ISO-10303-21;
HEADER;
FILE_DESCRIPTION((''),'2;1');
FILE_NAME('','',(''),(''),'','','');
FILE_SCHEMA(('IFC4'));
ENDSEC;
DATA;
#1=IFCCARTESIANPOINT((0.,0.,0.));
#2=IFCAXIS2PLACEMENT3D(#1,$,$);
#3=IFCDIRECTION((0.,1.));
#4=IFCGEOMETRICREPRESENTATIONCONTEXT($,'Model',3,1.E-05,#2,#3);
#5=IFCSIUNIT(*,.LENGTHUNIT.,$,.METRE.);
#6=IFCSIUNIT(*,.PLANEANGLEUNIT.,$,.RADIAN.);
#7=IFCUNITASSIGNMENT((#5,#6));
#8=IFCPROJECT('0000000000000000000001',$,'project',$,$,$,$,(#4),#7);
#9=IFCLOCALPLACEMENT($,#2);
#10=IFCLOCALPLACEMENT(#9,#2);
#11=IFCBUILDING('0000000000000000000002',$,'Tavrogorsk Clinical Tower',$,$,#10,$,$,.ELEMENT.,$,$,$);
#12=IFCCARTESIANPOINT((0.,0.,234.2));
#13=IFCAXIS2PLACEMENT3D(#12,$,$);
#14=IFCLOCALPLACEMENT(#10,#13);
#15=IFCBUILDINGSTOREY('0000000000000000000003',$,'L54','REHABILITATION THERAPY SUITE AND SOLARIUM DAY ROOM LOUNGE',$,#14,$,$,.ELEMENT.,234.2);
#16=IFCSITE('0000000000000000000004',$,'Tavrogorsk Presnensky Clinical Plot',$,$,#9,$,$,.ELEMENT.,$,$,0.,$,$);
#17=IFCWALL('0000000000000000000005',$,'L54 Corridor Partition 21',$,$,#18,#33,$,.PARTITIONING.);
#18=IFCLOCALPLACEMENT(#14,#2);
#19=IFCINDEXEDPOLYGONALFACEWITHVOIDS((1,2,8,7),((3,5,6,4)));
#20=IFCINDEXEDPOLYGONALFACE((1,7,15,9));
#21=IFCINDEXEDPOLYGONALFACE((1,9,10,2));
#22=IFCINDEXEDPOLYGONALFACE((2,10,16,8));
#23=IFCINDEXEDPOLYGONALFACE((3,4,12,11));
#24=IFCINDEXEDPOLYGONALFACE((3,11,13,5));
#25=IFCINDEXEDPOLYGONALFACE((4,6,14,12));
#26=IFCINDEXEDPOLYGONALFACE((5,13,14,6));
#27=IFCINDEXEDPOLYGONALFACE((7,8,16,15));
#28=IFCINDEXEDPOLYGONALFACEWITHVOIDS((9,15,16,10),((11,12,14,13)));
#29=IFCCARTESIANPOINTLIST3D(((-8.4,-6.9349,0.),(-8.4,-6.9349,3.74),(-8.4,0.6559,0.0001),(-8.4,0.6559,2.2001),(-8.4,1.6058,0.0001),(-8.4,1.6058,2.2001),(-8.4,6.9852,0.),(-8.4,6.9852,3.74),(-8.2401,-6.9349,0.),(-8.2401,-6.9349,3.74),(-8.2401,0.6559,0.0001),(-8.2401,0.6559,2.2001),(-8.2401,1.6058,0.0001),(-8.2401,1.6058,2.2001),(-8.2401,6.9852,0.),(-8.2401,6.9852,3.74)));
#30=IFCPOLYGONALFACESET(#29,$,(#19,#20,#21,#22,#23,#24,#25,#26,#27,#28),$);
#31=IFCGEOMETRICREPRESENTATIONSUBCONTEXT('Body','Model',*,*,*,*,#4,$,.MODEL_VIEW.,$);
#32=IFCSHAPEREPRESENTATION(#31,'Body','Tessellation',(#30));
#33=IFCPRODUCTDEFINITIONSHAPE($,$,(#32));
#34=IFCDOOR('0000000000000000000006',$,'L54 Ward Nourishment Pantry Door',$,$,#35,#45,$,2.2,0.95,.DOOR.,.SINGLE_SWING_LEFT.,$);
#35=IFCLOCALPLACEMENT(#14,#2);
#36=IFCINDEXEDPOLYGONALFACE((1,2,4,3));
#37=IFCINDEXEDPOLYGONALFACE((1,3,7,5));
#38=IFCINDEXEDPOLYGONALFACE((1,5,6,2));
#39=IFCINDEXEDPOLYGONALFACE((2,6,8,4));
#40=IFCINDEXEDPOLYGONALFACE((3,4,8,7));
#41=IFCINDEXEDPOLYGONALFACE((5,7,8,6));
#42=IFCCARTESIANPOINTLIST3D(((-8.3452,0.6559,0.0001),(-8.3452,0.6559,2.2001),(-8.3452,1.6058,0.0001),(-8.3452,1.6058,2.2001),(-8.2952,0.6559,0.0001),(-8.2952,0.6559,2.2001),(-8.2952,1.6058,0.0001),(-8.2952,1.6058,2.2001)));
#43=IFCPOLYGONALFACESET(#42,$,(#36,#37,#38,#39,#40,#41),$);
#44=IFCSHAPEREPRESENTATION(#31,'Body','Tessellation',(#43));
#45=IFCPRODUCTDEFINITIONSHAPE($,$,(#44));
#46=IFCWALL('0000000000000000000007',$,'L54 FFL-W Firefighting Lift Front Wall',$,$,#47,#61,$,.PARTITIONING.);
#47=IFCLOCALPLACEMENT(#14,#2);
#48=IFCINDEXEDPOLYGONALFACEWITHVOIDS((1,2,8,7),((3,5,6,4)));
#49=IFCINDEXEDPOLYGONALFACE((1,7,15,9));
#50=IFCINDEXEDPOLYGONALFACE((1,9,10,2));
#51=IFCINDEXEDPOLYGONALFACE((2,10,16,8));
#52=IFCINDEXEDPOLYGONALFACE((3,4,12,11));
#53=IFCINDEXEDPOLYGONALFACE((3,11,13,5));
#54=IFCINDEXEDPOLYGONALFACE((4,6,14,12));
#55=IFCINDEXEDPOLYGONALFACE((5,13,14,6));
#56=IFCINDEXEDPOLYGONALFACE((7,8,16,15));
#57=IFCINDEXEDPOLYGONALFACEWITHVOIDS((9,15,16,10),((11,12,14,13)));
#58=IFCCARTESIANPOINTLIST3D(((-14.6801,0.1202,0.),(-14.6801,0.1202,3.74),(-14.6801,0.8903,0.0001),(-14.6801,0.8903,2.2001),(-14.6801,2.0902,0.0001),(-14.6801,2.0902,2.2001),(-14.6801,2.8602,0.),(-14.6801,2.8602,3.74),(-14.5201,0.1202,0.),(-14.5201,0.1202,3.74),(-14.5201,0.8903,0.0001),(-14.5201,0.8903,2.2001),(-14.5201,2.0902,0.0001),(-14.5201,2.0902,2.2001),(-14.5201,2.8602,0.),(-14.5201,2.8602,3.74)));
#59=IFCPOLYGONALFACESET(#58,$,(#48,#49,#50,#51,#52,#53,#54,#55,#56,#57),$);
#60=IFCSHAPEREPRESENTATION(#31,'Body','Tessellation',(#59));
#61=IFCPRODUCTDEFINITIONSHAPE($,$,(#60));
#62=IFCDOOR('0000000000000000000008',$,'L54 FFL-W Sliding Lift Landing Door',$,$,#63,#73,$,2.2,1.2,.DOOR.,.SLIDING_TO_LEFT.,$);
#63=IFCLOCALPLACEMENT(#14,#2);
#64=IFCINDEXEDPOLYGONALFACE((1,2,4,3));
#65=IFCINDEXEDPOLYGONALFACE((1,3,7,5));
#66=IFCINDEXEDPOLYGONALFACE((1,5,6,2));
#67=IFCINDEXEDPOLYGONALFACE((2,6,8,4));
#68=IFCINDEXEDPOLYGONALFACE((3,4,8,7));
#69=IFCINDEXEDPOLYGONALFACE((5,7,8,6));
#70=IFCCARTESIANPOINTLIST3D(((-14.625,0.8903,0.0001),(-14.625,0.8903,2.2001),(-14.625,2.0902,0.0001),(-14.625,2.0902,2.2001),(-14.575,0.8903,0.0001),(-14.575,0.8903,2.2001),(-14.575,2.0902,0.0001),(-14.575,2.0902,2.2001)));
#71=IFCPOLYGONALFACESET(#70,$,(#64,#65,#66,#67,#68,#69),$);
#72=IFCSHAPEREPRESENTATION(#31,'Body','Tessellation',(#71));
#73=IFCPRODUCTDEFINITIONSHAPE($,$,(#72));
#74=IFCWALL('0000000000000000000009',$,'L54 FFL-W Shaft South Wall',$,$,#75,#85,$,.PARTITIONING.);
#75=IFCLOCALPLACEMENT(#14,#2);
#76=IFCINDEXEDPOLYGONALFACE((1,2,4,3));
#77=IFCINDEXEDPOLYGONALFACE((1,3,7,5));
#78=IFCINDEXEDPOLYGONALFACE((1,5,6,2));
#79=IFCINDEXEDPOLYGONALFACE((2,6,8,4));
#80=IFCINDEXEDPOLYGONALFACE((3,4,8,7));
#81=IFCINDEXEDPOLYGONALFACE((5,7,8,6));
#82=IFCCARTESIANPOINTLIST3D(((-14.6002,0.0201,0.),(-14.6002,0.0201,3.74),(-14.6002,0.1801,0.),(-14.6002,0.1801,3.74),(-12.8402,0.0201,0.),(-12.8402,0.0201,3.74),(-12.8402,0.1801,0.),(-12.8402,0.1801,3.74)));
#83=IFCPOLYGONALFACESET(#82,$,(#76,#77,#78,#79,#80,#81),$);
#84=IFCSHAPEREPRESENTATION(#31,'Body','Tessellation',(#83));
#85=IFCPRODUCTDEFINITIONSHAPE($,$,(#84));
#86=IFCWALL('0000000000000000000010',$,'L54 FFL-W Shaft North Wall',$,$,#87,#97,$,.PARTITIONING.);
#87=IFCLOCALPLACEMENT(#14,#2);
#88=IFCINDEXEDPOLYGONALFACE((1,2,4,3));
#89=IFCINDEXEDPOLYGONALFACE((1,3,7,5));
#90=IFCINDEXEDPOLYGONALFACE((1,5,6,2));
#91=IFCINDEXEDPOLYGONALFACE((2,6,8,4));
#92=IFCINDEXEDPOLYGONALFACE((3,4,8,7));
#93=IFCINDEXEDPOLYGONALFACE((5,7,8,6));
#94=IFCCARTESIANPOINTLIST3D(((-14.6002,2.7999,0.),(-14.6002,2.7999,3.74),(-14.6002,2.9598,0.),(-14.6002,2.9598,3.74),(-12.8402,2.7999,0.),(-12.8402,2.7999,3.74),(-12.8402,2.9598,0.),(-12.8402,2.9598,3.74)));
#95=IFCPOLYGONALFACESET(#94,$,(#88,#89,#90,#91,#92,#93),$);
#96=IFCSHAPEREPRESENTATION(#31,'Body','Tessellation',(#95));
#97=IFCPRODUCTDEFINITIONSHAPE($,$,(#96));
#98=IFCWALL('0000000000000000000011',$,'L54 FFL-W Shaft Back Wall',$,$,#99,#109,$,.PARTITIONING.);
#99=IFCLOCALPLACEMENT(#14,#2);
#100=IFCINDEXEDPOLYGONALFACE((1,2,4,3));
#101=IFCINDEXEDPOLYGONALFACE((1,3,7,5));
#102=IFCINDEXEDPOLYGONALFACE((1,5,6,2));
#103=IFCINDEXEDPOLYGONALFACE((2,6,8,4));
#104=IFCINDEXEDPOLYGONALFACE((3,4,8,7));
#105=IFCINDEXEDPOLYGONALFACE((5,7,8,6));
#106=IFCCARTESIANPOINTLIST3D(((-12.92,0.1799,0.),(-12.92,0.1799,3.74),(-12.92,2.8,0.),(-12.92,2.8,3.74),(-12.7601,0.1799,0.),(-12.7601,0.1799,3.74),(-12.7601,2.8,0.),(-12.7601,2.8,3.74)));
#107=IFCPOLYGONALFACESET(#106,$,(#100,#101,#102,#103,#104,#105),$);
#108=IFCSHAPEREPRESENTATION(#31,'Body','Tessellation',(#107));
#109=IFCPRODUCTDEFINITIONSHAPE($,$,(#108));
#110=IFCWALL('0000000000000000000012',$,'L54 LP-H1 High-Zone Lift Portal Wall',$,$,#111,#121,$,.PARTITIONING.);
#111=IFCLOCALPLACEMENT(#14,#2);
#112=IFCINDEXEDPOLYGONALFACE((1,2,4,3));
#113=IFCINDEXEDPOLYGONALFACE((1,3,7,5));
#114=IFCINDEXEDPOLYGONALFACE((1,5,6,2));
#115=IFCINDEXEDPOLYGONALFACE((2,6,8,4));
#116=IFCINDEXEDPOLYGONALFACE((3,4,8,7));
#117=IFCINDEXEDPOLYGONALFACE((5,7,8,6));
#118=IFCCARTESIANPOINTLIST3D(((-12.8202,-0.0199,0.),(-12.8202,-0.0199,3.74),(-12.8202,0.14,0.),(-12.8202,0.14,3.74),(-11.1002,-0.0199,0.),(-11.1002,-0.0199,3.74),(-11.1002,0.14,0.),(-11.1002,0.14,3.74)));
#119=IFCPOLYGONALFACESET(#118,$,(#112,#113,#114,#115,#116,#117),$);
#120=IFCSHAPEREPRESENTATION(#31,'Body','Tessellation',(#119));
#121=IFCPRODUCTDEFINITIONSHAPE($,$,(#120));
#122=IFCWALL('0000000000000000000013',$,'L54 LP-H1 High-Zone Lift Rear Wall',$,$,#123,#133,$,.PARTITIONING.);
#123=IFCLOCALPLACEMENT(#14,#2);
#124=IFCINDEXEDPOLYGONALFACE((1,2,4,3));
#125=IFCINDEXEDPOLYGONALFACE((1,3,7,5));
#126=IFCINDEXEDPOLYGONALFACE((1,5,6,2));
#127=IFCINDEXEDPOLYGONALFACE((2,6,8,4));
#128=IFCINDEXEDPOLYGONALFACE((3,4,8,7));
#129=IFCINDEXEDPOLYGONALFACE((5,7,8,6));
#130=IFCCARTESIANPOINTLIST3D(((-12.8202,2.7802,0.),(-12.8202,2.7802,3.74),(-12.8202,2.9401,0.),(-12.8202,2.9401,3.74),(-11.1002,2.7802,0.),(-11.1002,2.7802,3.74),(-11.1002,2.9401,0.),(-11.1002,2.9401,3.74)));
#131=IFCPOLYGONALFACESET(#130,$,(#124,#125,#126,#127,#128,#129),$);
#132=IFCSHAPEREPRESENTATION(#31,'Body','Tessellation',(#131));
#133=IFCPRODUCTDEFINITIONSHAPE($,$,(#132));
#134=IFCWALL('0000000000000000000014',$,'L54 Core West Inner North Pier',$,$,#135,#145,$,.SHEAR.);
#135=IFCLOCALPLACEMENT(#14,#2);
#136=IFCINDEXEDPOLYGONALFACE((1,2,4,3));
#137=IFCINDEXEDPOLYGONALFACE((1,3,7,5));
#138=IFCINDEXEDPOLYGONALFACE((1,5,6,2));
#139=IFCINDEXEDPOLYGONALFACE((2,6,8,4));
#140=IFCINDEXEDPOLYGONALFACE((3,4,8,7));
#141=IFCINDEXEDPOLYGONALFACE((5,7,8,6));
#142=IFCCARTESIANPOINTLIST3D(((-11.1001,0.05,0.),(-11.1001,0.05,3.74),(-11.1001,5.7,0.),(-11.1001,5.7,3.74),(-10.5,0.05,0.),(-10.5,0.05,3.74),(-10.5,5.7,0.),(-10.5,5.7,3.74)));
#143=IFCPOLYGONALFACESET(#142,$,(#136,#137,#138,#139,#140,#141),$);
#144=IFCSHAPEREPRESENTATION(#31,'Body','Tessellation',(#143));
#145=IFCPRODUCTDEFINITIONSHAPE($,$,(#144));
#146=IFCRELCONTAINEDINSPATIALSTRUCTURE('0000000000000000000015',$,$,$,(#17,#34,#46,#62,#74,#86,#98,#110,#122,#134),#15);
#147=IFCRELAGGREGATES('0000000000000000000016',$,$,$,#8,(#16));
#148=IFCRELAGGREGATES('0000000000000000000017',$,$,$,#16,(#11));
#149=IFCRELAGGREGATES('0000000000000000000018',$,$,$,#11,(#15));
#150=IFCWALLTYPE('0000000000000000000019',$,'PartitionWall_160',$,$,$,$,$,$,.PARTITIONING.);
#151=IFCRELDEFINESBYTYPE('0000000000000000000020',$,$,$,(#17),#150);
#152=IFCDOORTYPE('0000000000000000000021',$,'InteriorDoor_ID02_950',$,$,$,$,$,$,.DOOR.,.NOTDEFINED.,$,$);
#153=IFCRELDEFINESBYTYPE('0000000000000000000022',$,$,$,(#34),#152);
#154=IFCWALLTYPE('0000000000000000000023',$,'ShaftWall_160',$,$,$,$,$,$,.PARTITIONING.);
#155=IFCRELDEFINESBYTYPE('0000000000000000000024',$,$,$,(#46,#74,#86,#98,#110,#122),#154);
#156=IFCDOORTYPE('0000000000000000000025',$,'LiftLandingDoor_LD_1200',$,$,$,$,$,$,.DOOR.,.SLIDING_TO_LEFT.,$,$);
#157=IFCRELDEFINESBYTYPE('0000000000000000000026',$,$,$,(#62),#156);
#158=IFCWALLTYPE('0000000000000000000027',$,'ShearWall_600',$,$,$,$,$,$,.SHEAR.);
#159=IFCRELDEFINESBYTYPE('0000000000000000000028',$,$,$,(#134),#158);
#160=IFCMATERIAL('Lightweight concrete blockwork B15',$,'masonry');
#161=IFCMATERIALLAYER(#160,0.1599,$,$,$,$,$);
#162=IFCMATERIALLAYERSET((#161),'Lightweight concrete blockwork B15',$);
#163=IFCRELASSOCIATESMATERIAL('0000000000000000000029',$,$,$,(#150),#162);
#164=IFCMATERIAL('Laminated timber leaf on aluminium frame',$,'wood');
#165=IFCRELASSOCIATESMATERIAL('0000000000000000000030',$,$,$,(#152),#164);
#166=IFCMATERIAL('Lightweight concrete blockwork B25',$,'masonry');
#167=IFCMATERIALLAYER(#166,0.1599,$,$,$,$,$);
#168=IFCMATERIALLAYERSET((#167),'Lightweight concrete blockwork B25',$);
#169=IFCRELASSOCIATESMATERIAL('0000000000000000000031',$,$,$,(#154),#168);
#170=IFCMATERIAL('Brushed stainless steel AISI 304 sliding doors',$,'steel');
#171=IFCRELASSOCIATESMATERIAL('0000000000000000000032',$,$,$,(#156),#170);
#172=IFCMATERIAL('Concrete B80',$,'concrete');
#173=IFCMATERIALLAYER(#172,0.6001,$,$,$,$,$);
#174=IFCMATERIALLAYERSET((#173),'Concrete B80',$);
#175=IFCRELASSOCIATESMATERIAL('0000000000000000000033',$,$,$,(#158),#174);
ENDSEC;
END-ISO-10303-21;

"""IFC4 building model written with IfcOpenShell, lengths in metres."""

from ifc_helpers import new_model, si_unit, direction, frame, frame_2d, origin, place, context, subcontext, project, spatial, rectangle, extrude, material, layer, layer_set, type_object, element, fill, save


model = new_model("IFC4")

# Units and contexts
model_context = context("Model", 3, precision=1e-05, world=origin(), true_north=direction((0.0, 1.0)))
body_context = subcontext(model_context, "Body", "Model", "MODEL_VIEW")
ifc_project = project(units=[si_unit("LENGTHUNIT", "METRE"), si_unit("PLANEANGLEUNIT", "RADIAN")], contexts=[model_context])

# Site, building, storey
site_placement = place(None, origin())
site = spatial("IfcSite", under=ifc_project, at=site_placement, Name="Tavrogorsk Presnensky Clinical Plot", CompositionType="ELEMENT", RefElevation=0.0)
building_placement = place(site_placement, origin())
building = spatial("IfcBuilding", under=site, at=building_placement, Name="Tavrogorsk Clinical Tower", CompositionType="ELEMENT")
storey_placement = place(building_placement, frame((0.0, 0.0, 234.2)))
storey = spatial("IfcBuildingStorey", under=building, at=storey_placement, Name="L54", Description="REHABILITATION THERAPY SUITE AND SOLARIUM DAY ROOM LOUNGE", CompositionType="ELEMENT", Elevation=234.2)

# Shared definitions
ifc_material_1 = material(Name="Lightweight concrete blockwork B15", Category="masonry")
ifc_layer_1 = layer(ifc_material_1, 0.1599)
ifc_layer_set_1 = layer_set([ifc_layer_1], Name="Lightweight concrete blockwork B15")
wall_type_1 = type_object("IfcWallType", Name="PartitionWall_160", PredefinedType="PARTITIONING", material=ifc_layer_set_1)
ifc_material_2 = material(Name="Laminated timber leaf on aluminium frame", Category="wood")
door_type_1 = type_object("IfcDoorType", Name="InteriorDoor_ID02_950", OperationType="NOTDEFINED", PredefinedType="DOOR", material=ifc_material_2)

# Walls, openings, doors
wall_1_placement = place(storey_placement, frame((-8.3201, 6.9851, 0.0), z_axis=(0.0, 0.0, 1.0), x_axis=(0.0, -1.0, 0.0)))
wall_1 = element("IfcWall", 1, at=wall_1_placement, inside=storey, type_object=wall_type_1, Name="L54 Corridor Partition 21", PredefinedType="PARTITIONING", context=body_context, shape_type="SweptSolid", body=[
    extrude(rectangle(XDim=13.9202, YDim=0.1599, at=frame_2d((6.96, 0.0))), origin(), (0.0, 0.0, 1.0), 3.74),
])
opening_1_placement = place(wall_1_placement, frame((5.3792, 0.0, 0.0)))
opening_1 = element("IfcOpeningElement", 2, at=opening_1_placement, cuts=wall_1, PredefinedType="OPENING", context=body_context, shape_type="SweptSolid", body=[
    extrude(rectangle(XDim=0.95, YDim=2.2, at=frame_2d((0.4751, 1.1001))), frame((0.0, 0.0898, 0.0), z_axis=(0.0, -1.0, 0.0), x_axis=(1.0, 0.0, 0.0)), (0.0, 0.0, 1.0), 0.1799),
])
door_1_placement = place(opening_1_placement, origin())
door_1 = element("IfcDoor", 3, at=door_1_placement, inside=storey, type_object=door_type_1, Name="L54 Ward Nourishment Pantry Door", OperationType="SINGLE_SWING_LEFT", OverallHeight=2.2, OverallWidth=0.95, PredefinedType="DOOR", context=body_context, shape_type="SweptSolid", body=[
    extrude(rectangle(XDim=0.95, YDim=2.2, at=frame_2d((0.4751, 1.1001))), frame((0.0, 0.0249, 0.0), z_axis=(0.0, -1.0, 0.0), x_axis=(1.0, 0.0, 0.0)), (0.0, 0.0, 1.0), 0.05),
])
fill(opening_1, door_1)
ifc_material_3 = material(Name="Lightweight concrete blockwork B25", Category="masonry")
ifc_layer_2 = layer(ifc_material_3, 0.1599)
ifc_layer_set_2 = layer_set([ifc_layer_2], Name="Lightweight concrete blockwork B25")
wall_type_2 = type_object("IfcWallType", Name="ShaftWall_160", PredefinedType="PARTITIONING", material=ifc_layer_set_2)
wall_2_placement = place(storey_placement, frame((-14.6001, 0.1201, 0.0), z_axis=(0.0, 0.0, 1.0), x_axis=(0.0, 1.0, 0.0)))
wall_2 = element("IfcWall", 4, at=wall_2_placement, inside=storey, type_object=wall_type_2, Name="L54 FFL-W Firefighting Lift Front Wall", PredefinedType="PARTITIONING", context=body_context, shape_type="SweptSolid", body=[
    extrude(rectangle(XDim=2.74, YDim=0.1599, at=frame_2d((1.3701, 0.0))), origin(), (0.0, 0.0, 1.0), 3.74),
])
opening_2_placement = place(wall_2_placement, frame((0.77, 0.0, 0.0)))
opening_2 = element("IfcOpeningElement", 5, at=opening_2_placement, cuts=wall_2, PredefinedType="OPENING", context=body_context, shape_type="SweptSolid", body=[
    extrude(rectangle(XDim=1.2, YDim=2.2, at=frame_2d((0.6001, 1.1001))), frame((0.0, 0.0898, 0.0), z_axis=(0.0, -1.0, 0.0), x_axis=(1.0, 0.0, 0.0)), (0.0, 0.0, 1.0), 0.1799),
])
ifc_material_4 = material(Name="Brushed stainless steel AISI 304 sliding doors", Category="steel")
door_type_2 = type_object("IfcDoorType", Name="LiftLandingDoor_LD_1200", OperationType="SLIDING_TO_LEFT", PredefinedType="DOOR", material=ifc_material_4)
door_2_placement = place(opening_2_placement, origin())
door_2 = element("IfcDoor", 6, at=door_2_placement, inside=storey, type_object=door_type_2, Name="L54 FFL-W Sliding Lift Landing Door", OperationType="SLIDING_TO_LEFT", OverallHeight=2.2, OverallWidth=1.2, PredefinedType="DOOR", context=body_context, shape_type="SweptSolid", body=[
    extrude(rectangle(XDim=1.2, YDim=2.2, at=frame_2d((0.6001, 1.1001))), frame((0.0, 0.0249, 0.0), z_axis=(0.0, -1.0, 0.0), x_axis=(1.0, 0.0, 0.0)), (0.0, 0.0, 1.0), 0.05),
])
fill(opening_2, door_2)

# Walls
for number, where, z_axis, x_axis, name in (
    (7, (-14.6001, 0.1001, 0.0), (0.0, 0.0, 1.0), (1.0, 0.0, 0.0), "L54 FFL-W Shaft South Wall"),
    (8, (-14.6001, 2.8799, 0.0), (0.0, 0.0, 1.0), (1.0, 0.0, 0.0), "L54 FFL-W Shaft North Wall"),
):
    element("IfcWall", number, at=place(storey_placement, frame(where, z_axis=z_axis, x_axis=x_axis)), inside=storey, type_object=wall_type_2, Name=name, PredefinedType="PARTITIONING", context=body_context, shape_type="SweptSolid", body=[
        extrude(rectangle(XDim=1.76, YDim=0.1599, at=frame_2d((0.8799, 0.0))), origin(), (0.0, 0.0, 1.0), 3.74),
    ])
wall_3_placement = place(storey_placement, frame((-12.8401, 0.1799, 0.0), z_axis=(0.0, 0.0, 1.0), x_axis=(0.0, 1.0, 0.0)))
element("IfcWall", 9, at=wall_3_placement, inside=storey, type_object=wall_type_2, Name="L54 FFL-W Shaft Back Wall", PredefinedType="PARTITIONING", context=body_context, shape_type="SweptSolid", body=[
    extrude(rectangle(XDim=2.6201, YDim=0.1599, at=frame_2d((1.3101, 0.0))), origin(), (0.0, 0.0, 1.0), 3.74),
])
for number, where, z_axis, x_axis, name in (
    (10, (-12.8201, 0.0601, 0.0), (0.0, 0.0, 1.0), (1.0, 0.0, 0.0), "L54 LP-H1 High-Zone Lift Portal Wall"),
    (11, (-12.8201, 2.8601, 0.0), (0.0, 0.0, 1.0), (1.0, 0.0, 0.0), "L54 LP-H1 High-Zone Lift Rear Wall"),
):
    element("IfcWall", number, at=place(storey_placement, frame(where, z_axis=z_axis, x_axis=x_axis)), inside=storey, type_object=wall_type_2, Name=name, PredefinedType="PARTITIONING", context=body_context, shape_type="SweptSolid", body=[
        extrude(rectangle(XDim=1.72, YDim=0.1599, at=frame_2d((0.8599, 0.0))), origin(), (0.0, 0.0, 1.0), 3.74),
    ])
ifc_material_5 = material(Name="Concrete B80", Category="concrete")
ifc_layer_3 = layer(ifc_material_5, 0.6001)
ifc_layer_set_3 = layer_set([ifc_layer_3], Name="Concrete B80")
wall_type_3 = type_object("IfcWallType", Name="ShearWall_600", PredefinedType="SHEAR", material=ifc_layer_set_3)
wall_4_placement = place(storey_placement, frame((-10.8, 0.05, 0.0), z_axis=(0.0, 0.0, 1.0), x_axis=(0.0, 1.0, 0.0)))
element("IfcWall", 12, at=wall_4_placement, inside=storey, type_object=wall_type_3, Name="L54 Core West Inner North Pier", PredefinedType="SHEAR", context=body_context, shape_type="SweptSolid", body=[
    extrude(rectangle(XDim=5.6499, YDim=0.6001, at=frame_2d((2.825, 0.0))), origin(), (0.0, 0.0, 1.0), 3.74),
])

save(model, "model.ifc")
